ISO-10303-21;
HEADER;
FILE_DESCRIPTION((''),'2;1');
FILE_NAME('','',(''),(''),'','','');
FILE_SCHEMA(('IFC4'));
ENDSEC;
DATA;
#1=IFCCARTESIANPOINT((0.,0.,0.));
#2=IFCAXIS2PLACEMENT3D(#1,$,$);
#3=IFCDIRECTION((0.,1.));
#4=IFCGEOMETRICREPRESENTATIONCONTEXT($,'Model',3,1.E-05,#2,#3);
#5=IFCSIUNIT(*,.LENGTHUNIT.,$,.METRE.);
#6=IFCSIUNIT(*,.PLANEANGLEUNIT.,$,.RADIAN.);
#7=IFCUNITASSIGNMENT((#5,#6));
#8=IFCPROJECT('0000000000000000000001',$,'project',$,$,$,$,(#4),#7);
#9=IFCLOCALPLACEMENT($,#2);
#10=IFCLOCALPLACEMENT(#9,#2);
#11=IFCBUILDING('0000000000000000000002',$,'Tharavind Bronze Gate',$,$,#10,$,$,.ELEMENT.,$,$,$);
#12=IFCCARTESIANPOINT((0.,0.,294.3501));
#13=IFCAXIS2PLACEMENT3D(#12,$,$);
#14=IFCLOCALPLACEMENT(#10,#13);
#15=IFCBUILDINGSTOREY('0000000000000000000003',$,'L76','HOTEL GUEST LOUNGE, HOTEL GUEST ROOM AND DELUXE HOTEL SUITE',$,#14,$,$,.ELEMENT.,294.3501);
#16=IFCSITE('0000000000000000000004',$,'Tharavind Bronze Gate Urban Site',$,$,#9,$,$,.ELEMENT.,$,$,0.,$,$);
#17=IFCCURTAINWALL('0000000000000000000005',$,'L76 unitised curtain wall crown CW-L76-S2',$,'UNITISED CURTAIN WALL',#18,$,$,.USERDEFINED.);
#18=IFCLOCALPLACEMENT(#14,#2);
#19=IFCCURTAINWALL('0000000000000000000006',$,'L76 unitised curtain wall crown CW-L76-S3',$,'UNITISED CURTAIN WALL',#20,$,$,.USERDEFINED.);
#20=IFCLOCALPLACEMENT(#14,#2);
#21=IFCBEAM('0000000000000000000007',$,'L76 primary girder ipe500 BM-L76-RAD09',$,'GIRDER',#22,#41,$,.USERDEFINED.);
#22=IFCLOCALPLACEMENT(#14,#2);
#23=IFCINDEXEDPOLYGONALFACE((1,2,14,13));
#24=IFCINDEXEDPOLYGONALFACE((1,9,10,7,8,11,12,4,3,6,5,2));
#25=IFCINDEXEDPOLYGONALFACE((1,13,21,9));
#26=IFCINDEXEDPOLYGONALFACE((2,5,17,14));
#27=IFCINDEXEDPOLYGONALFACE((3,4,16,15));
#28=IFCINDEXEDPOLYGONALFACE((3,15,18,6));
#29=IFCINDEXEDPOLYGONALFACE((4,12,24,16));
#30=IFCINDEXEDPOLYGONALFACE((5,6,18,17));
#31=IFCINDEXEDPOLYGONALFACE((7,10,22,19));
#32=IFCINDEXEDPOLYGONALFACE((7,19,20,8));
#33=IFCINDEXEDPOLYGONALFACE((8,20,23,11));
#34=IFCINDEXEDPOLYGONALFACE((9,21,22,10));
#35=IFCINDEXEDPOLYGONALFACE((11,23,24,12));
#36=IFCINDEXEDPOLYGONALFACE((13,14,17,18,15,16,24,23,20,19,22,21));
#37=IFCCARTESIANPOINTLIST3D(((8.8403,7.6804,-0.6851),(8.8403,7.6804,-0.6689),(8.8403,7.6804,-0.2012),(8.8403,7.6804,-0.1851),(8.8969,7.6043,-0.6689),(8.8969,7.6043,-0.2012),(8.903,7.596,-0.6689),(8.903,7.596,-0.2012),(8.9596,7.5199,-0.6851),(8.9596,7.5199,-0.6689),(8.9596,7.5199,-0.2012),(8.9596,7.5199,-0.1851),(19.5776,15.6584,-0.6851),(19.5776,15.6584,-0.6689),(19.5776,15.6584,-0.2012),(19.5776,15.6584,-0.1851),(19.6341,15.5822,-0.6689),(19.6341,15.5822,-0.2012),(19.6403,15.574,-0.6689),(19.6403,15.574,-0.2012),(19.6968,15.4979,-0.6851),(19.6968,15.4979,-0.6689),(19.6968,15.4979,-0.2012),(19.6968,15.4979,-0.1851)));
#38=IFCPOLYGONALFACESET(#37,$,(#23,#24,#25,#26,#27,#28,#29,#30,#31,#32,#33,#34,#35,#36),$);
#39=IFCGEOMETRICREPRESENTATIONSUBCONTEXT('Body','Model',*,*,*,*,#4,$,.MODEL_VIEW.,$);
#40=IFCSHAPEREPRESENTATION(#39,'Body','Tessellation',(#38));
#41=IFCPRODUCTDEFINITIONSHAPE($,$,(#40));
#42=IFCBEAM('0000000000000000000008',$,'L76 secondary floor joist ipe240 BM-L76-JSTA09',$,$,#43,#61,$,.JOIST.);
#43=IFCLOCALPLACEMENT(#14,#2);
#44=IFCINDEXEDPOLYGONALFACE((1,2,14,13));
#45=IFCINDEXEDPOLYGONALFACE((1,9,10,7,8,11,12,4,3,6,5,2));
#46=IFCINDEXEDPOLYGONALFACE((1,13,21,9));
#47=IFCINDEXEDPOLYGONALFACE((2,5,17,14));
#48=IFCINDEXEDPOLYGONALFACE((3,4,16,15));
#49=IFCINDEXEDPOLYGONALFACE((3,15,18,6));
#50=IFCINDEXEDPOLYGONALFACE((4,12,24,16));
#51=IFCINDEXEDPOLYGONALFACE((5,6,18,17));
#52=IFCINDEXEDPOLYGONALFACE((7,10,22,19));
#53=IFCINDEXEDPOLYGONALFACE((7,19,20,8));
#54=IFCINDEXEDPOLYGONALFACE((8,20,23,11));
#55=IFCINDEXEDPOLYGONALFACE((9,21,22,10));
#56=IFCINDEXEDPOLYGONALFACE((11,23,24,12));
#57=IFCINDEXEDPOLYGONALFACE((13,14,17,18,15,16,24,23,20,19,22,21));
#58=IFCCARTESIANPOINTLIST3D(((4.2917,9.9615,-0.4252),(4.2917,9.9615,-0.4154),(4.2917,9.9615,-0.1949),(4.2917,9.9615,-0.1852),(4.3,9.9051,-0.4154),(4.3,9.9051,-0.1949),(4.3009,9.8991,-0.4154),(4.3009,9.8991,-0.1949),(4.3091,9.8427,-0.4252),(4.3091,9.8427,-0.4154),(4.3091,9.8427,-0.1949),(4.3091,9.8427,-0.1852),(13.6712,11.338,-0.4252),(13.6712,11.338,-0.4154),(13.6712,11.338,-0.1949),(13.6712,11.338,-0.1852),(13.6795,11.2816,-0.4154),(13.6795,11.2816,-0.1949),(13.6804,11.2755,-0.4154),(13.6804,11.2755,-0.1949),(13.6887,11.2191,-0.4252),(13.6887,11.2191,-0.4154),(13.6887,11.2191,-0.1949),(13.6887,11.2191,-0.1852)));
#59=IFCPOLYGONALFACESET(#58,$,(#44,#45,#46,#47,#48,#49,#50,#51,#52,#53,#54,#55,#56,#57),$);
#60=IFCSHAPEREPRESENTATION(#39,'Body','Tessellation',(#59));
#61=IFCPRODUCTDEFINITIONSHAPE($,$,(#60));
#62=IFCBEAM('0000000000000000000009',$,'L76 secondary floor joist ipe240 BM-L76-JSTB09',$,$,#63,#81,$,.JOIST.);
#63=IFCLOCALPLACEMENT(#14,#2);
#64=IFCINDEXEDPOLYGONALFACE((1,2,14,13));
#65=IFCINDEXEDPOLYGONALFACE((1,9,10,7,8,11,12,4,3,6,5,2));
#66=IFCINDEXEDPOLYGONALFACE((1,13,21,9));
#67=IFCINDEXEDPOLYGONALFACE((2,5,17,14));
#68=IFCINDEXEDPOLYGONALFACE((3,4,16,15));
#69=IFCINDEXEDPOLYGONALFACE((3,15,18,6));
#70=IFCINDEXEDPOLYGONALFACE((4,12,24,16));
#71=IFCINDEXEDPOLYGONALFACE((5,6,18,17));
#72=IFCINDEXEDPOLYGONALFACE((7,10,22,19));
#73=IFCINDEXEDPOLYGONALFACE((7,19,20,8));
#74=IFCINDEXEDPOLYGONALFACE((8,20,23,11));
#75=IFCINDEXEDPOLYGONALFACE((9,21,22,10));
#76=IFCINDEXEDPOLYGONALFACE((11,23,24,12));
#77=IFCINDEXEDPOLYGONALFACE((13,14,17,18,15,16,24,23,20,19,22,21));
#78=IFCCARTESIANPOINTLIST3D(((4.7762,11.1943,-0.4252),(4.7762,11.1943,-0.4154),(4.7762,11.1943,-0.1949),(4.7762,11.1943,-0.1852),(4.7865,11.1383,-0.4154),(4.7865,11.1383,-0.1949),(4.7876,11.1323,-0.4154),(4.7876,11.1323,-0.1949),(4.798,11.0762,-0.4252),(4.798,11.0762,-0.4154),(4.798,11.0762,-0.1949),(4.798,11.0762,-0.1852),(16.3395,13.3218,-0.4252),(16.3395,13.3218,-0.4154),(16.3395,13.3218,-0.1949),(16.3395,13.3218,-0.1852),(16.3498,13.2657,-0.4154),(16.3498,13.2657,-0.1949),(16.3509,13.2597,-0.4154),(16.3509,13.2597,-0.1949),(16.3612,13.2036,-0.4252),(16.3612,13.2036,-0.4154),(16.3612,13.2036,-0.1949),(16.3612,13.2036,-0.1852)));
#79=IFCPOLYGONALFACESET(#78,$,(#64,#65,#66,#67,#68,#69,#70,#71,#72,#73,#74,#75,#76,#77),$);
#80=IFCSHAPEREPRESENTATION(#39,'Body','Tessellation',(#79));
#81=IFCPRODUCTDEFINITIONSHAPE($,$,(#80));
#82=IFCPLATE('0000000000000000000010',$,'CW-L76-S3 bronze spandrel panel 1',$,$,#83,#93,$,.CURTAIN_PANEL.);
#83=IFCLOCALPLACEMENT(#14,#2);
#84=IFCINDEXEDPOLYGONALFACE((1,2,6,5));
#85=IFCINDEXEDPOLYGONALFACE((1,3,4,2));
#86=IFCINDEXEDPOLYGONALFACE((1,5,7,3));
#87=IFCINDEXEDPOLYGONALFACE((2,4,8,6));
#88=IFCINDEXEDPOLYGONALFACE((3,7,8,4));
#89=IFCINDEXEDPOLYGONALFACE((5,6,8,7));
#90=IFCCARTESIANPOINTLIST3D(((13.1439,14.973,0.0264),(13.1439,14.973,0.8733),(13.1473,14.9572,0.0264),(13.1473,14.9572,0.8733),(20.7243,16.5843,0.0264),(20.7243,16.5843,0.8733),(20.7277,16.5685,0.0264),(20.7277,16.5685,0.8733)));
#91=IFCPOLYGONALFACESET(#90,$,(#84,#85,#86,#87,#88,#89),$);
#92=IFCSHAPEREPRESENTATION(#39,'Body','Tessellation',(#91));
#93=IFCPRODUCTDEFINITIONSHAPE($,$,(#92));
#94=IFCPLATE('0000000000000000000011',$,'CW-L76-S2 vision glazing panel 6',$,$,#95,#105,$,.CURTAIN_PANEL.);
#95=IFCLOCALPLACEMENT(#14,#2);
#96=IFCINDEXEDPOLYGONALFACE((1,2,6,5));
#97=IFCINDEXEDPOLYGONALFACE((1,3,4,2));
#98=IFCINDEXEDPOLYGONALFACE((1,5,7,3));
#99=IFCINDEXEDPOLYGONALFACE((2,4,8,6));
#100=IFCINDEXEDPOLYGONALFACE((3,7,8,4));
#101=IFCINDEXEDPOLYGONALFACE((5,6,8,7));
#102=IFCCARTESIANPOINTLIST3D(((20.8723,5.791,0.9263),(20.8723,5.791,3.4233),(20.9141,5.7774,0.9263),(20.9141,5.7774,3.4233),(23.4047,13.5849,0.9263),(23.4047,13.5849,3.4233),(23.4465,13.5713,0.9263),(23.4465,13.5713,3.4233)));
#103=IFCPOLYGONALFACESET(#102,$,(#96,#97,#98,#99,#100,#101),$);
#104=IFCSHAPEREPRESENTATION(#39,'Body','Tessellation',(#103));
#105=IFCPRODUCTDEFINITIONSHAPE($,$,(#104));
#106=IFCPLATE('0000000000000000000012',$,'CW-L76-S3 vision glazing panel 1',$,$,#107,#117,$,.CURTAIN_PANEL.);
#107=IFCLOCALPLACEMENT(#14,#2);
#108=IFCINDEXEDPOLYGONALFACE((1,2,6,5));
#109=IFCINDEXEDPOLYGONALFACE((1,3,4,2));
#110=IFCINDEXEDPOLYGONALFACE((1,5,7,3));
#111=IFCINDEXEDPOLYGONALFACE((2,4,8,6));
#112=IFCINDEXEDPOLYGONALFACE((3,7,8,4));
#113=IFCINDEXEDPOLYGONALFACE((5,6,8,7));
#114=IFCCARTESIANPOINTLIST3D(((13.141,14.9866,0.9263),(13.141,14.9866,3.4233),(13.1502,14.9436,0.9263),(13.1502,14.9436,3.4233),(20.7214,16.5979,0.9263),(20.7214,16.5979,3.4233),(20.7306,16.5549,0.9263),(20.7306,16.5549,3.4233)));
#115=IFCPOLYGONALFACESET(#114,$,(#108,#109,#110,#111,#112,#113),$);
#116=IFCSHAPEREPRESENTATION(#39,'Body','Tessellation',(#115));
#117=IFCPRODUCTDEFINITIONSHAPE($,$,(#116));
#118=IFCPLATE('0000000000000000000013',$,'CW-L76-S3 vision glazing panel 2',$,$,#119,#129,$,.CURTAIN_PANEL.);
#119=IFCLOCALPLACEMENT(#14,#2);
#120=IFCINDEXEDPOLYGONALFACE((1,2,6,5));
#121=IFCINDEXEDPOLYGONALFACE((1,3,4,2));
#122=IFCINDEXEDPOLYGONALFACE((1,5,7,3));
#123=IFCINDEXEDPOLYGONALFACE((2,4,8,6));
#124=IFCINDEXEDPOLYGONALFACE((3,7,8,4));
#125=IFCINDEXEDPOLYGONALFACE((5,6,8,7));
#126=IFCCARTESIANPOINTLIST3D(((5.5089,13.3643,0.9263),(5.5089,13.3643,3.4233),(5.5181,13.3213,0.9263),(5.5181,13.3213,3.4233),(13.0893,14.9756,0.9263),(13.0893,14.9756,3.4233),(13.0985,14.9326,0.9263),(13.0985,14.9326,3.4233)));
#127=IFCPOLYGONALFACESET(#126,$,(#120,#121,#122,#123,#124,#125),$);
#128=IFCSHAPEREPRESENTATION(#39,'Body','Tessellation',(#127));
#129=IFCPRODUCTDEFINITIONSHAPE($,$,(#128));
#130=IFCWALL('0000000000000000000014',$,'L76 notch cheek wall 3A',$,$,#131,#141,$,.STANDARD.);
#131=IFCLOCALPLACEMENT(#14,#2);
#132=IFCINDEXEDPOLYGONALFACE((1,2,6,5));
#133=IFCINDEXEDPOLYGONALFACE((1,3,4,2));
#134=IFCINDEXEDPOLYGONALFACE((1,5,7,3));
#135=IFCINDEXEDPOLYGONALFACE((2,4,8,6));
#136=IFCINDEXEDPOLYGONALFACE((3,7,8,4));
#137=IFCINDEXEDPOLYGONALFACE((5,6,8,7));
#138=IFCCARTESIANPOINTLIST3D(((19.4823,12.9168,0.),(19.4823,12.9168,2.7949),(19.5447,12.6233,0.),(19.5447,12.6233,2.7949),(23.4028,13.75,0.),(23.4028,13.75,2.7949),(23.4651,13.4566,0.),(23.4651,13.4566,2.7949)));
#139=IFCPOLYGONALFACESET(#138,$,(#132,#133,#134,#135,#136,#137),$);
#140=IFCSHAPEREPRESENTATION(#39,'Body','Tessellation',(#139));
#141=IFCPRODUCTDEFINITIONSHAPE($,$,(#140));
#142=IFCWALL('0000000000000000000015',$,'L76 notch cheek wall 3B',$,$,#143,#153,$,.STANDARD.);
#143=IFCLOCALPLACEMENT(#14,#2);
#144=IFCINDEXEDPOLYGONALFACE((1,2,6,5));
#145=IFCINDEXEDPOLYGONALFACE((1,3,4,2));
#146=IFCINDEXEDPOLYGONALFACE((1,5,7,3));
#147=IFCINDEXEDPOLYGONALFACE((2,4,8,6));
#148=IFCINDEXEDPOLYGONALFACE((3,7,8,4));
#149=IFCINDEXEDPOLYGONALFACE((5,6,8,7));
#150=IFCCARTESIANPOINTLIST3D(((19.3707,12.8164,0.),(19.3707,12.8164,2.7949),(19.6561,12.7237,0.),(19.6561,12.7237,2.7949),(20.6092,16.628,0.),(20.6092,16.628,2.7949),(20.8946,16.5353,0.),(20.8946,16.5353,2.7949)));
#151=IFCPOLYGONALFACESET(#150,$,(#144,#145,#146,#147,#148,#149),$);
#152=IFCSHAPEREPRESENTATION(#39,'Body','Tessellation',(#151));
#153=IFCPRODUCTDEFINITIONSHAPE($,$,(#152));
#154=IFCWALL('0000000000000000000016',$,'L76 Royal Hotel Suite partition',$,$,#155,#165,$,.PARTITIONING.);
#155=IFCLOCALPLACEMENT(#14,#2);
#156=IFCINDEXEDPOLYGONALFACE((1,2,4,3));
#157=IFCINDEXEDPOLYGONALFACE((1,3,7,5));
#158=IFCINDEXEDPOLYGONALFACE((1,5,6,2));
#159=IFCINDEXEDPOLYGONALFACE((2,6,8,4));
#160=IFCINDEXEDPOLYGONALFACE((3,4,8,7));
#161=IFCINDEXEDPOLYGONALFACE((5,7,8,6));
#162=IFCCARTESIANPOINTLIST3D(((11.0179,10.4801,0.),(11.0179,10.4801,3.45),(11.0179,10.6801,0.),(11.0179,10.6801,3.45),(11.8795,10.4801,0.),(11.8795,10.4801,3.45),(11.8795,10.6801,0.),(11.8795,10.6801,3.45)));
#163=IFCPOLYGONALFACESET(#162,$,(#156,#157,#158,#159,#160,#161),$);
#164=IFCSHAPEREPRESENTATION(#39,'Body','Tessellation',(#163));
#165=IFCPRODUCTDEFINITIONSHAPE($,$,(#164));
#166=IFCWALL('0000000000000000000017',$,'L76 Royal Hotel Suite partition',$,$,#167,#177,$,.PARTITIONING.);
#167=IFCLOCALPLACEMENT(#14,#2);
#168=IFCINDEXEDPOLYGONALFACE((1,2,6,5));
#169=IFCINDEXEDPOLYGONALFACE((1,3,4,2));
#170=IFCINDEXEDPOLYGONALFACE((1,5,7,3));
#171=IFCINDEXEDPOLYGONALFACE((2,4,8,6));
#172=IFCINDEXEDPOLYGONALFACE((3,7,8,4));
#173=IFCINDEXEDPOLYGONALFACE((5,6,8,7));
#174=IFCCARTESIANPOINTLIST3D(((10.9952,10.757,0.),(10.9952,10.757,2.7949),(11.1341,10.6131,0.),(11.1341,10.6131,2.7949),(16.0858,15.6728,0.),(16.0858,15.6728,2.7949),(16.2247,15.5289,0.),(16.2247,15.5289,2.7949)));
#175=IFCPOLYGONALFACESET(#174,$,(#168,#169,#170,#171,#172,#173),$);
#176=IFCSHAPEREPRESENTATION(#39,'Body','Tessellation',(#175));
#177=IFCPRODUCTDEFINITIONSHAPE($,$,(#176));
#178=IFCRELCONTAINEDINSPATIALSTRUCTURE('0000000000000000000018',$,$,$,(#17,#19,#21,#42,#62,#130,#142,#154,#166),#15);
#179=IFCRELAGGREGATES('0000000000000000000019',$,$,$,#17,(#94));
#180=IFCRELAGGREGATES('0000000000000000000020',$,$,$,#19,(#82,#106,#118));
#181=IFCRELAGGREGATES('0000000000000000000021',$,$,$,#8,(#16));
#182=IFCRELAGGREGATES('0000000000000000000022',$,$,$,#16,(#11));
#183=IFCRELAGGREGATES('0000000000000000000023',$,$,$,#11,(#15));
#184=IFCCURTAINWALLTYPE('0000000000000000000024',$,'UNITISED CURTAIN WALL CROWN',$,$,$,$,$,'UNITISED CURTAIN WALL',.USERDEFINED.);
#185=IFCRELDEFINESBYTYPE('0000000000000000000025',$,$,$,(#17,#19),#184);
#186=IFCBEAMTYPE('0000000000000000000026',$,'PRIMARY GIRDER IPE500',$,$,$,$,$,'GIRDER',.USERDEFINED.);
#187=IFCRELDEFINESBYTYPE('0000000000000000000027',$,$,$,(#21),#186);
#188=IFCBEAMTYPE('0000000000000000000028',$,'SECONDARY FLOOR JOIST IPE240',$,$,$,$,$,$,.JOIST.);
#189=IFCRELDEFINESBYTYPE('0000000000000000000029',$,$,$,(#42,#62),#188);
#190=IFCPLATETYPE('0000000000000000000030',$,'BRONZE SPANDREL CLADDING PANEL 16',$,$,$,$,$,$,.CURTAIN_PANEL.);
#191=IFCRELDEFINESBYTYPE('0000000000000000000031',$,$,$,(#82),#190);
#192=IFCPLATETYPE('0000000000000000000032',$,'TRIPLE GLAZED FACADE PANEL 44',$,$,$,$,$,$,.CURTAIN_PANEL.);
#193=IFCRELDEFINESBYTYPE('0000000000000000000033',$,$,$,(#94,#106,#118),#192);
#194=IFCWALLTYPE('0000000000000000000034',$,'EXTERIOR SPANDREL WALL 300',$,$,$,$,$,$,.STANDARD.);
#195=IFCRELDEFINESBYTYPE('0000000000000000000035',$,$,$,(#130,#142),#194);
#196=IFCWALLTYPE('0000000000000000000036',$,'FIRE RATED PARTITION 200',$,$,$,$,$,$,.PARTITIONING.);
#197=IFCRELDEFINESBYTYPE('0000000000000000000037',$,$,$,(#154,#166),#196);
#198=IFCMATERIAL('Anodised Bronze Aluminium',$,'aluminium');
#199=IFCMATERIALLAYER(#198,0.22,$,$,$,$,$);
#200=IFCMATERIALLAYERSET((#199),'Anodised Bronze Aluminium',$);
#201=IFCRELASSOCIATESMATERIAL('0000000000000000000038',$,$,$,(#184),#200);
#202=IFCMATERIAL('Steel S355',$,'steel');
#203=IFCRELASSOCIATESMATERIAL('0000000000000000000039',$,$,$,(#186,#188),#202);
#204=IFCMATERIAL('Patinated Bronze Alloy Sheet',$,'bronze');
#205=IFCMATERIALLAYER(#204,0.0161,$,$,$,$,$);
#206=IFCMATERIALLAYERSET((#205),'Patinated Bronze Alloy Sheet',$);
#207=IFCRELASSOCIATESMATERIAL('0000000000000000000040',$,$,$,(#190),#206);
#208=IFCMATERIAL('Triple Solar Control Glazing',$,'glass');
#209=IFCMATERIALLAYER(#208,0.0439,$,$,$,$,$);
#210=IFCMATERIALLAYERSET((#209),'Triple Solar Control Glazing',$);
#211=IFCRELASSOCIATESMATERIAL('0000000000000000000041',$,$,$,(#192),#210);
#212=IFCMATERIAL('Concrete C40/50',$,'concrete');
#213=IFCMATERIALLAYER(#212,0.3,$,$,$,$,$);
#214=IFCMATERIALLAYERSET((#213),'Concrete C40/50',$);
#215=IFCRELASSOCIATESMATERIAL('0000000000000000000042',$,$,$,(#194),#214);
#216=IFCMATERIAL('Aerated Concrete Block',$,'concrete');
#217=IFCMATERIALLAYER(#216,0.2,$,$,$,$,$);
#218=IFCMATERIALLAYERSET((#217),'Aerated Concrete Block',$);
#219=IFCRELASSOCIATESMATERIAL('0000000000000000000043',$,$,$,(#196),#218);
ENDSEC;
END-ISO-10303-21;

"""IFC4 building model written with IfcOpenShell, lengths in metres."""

from ifc_helpers import new_model, si_unit, direction, frame, frame_2d, origin, origin_2d, place, context, subcontext, project, spatial, rectangle, i_section, extrude, material, layer, layer_set, material_profile, profile_set, type_object, element, aggregate, save


model = new_model("IFC4")

# Units and contexts
model_context = context("Model", 3, precision=1e-05, world=origin(), true_north=direction((0.0, 1.0)))
body_context = subcontext(model_context, "Body", "Model", "MODEL_VIEW")
ifc_project = project(units=[si_unit("LENGTHUNIT", "METRE"), si_unit("PLANEANGLEUNIT", "RADIAN")], contexts=[model_context])

# Site, building, storey
site_placement = place(None, origin())
site = spatial("IfcSite", under=ifc_project, at=site_placement, Name="Tharavind Bronze Gate Urban Site", CompositionType="ELEMENT", RefElevation=0.0)
building_placement = place(site_placement, origin())
building = spatial("IfcBuilding", under=site, at=building_placement, Name="Tharavind Bronze Gate", CompositionType="ELEMENT")
storey_placement = place(building_placement, frame((0.0, 0.0, 294.3501)))
storey = spatial("IfcBuildingStorey", under=building, at=storey_placement, Name="L76", Description="HOTEL GUEST LOUNGE, HOTEL GUEST ROOM AND DELUXE HOTEL SUITE", CompositionType="ELEMENT", Elevation=294.3501)

# Curtain wall
ifc_material_1 = material(Name="Anodised Bronze Aluminium", Category="aluminium")
ifc_layer_1 = layer(ifc_material_1, 0.22)
ifc_layer_set_1 = layer_set([ifc_layer_1], Name="Anodised Bronze Aluminium")
curtain_wall_type = type_object("IfcCurtainWallType", Name="UNITISED CURTAIN WALL CROWN", ElementType="UNITISED CURTAIN WALL", PredefinedType="USERDEFINED", material=ifc_layer_set_1)
curtain_wall_1_placement = place(storey_placement, origin())
curtain_wall_1 = element("IfcCurtainWall", 1, at=curtain_wall_1_placement, inside=storey, type_object=curtain_wall_type, Name="L76 unitised curtain wall crown CW-L76-S2", ObjectType="UNITISED CURTAIN WALL", PredefinedType="USERDEFINED")

# Curtain wall
curtain_wall_2_placement = place(storey_placement, origin())
curtain_wall_2 = element("IfcCurtainWall", 2, at=curtain_wall_2_placement, inside=storey, type_object=curtain_wall_type, Name="L76 unitised curtain wall crown CW-L76-S3", ObjectType="UNITISED CURTAIN WALL", PredefinedType="USERDEFINED")

# Beams
ifc_material_2 = material(Name="Steel S355", Category="steel")
ifc_material_profile_1 = material_profile(ifc_material_2, i_section(OverallWidth=0.2, OverallDepth=0.5, WebThickness=0.0103, FlangeThickness=0.0161, at=origin_2d()), Name="IPE500")
ifc_profile_set_1 = profile_set([ifc_material_profile_1], Name="Steel S355")
beam_type_1 = type_object("IfcBeamType", Name="PRIMARY GIRDER IPE500", ElementType="GIRDER", PredefinedType="USERDEFINED", material=ifc_profile_set_1)
beam_1_placement = place(storey_placement, frame((19.6372, 15.5781, -0.4351), z_axis=(-0.802681, -0.596408, 0.0), x_axis=(0.596408, -0.802681, 0.0)))
element("IfcBeam", 3, at=beam_1_placement, inside=storey, type_object=beam_type_1, Name="L76 primary girder ipe500 BM-L76-RAD09", ObjectType="GIRDER", PredefinedType="USERDEFINED", context=body_context, shape_type="SweptSolid", body=[
    extrude(i_section(OverallWidth=0.2, OverallDepth=0.5, WebThickness=0.0103, FlangeThickness=0.0161, at=origin_2d()), origin(), (0.0, 0.0, 1.0), 13.3767),
])
ifc_material_profile_2 = material_profile(ifc_material_2, i_section(OverallWidth=0.1201, OverallDepth=0.24, WebThickness=0.0061, FlangeThickness=0.0098, at=origin_2d()), Name="IPE240")
ifc_profile_set_2 = profile_set([ifc_material_profile_2], Name="Steel S355")
beam_type_2 = type_object("IfcBeamType", Name="SECONDARY FLOOR JOIST IPE240", PredefinedType="JOIST", material=ifc_profile_set_2)
beam_2_placement = place(storey_placement, frame((13.6799, 11.2786, -0.3052), z_axis=(-0.989403, -0.145195, 0.0), x_axis=(0.145195, -0.989403, 0.0)))
element("IfcBeam", 4, at=beam_2_placement, inside=storey, type_object=beam_type_2, Name="L76 secondary floor joist ipe240 BM-L76-JSTA09", PredefinedType="JOIST", context=body_context, shape_type="SweptSolid", body=[
    extrude(i_section(OverallWidth=0.1201, OverallDepth=0.24, WebThickness=0.0061, FlangeThickness=0.0098, at=origin_2d()), origin(), (0.0, 0.0, 1.0), 9.48),
])
beam_3_placement = place(storey_placement, frame((16.3503, 13.2627, -0.3052), z_axis=(-0.983493, -0.180946, 0.0), x_axis=(0.180946, -0.983493, 0.0)))
element("IfcBeam", 5, at=beam_3_placement, inside=storey, type_object=beam_type_2, Name="L76 secondary floor joist ipe240 BM-L76-JSTB09", PredefinedType="JOIST", context=body_context, shape_type="SweptSolid", body=[
    extrude(i_section(OverallWidth=0.1201, OverallDepth=0.24, WebThickness=0.0061, FlangeThickness=0.0098, at=origin_2d()), origin(), (0.0, 0.0, 1.0), 11.7573),
])

# Plates
ifc_material_3 = material(Name="Patinated Bronze Alloy Sheet", Category="bronze")
ifc_layer_2 = layer(ifc_material_3, 0.0161)
ifc_layer_set_2 = layer_set([ifc_layer_2], Name="Patinated Bronze Alloy Sheet")
plate_type_1 = type_object("IfcPlateType", Name="BRONZE SPANDREL CLADDING PANEL 16", PredefinedType="CURTAIN_PANEL", material=ifc_layer_set_2)
plate_1_placement = place(storey_placement, frame((16.9358, 15.7708, 0.0264), z_axis=(0.0, 0.0, 1.0), x_axis=(-0.978147, -0.207913, 0.0)))
plate_1 = element("IfcPlate", 6, at=plate_1_placement, type_object=plate_type_1, Name="CW-L76-S3 bronze spandrel panel 1", PredefinedType="CURTAIN_PANEL", context=body_context, shape_type="SweptSolid", body=[
    extrude(rectangle(XDim=7.7498, YDim=0.0161, at=origin_2d()), origin(), (0.0, 0.0, 1.0), 0.8469),
])
ifc_material_4 = material(Name="Triple Solar Control Glazing", Category="glass")
ifc_layer_3 = layer(ifc_material_4, 0.0439)
ifc_layer_set_3 = layer_set([ifc_layer_3], Name="Triple Solar Control Glazing")
plate_type_2 = type_object("IfcPlateType", Name="TRIPLE GLAZED FACADE PANEL 44", PredefinedType="CURTAIN_PANEL", material=ifc_layer_set_3)
plate_2_placement = place(storey_placement, frame((22.1594, 9.6812, 0.9263), z_axis=(0.0, 0.0, 1.0), x_axis=(0.309017, 0.951057, 0.0)))
plate_2 = element("IfcPlate", 7, at=plate_2_placement, type_object=plate_type_2, Name="CW-L76-S2 vision glazing panel 6", PredefinedType="CURTAIN_PANEL", context=body_context, shape_type="SweptSolid", body=[
    extrude(rectangle(XDim=8.1951, YDim=0.0439, at=origin_2d()), origin(), (0.0, 0.0, 1.0), 2.4971),
])
aggregate(curtain_wall_1, [plate_2])
plate_3_placement = place(storey_placement, frame((16.9358, 15.7708, 0.9263), z_axis=(0.0, 0.0, 1.0), x_axis=(-0.978147, -0.207913, 0.0)))
plate_3 = element("IfcPlate", 8, at=plate_3_placement, type_object=plate_type_2, Name="CW-L76-S3 vision glazing panel 1", PredefinedType="CURTAIN_PANEL", context=body_context, shape_type="SweptSolid", body=[
    extrude(rectangle(XDim=7.7498, YDim=0.0439, at=origin_2d()), origin(), (0.0, 0.0, 1.0), 2.4971),
])
plate_4_placement = place(storey_placement, frame((9.3037, 14.1484, 0.9263), z_axis=(0.0, 0.0, 1.0), x_axis=(-0.978147, -0.207913, 0.0)))
plate_4 = element("IfcPlate", 9, at=plate_4_placement, type_object=plate_type_2, Name="CW-L76-S3 vision glazing panel 2", PredefinedType="CURTAIN_PANEL", context=body_context, shape_type="SweptSolid", body=[
    extrude(rectangle(XDim=7.7498, YDim=0.0439, at=origin_2d()), origin(), (0.0, 0.0, 1.0), 2.4971),
])
aggregate(curtain_wall_2, [plate_1, plate_3, plate_4])

# Walls
ifc_material_5 = material(Name="Concrete C40/50", Category="concrete")
ifc_layer_4 = layer(ifc_material_5, 0.3)
ifc_layer_set_4 = layer_set([ifc_layer_4], Name="Concrete C40/50")
wall_type_1 = type_object("IfcWallType", Name="EXTERIOR SPANDREL WALL 300", PredefinedType="STANDARD", material=ifc_layer_set_4)
wall_1_placement = place(storey_placement, frame((23.4338, 13.6033, 0.0), z_axis=(0.0, 0.0, 1.0), x_axis=(-0.97815, -0.207898, 0.0)))
element("IfcWall", 10, at=wall_1_placement, inside=storey, type_object=wall_type_1, Name="L76 notch cheek wall 3A", PredefinedType="STANDARD", context=body_context, shape_type="SweptSolid", body=[
    extrude(rectangle(XDim=4.0081, YDim=0.3, at=frame_2d((2.0039, 0.0))), origin(), (0.0, 0.0, 1.0), 2.7949),
])
wall_2_placement = place(storey_placement, frame((19.5134, 12.77, 0.0), z_axis=(0.0, 0.0, 1.0), x_axis=(0.309019, 0.951056, 0.0)))
element("IfcWall", 11, at=wall_2_placement, inside=storey, type_object=wall_type_1, Name="L76 notch cheek wall 3B", PredefinedType="STANDARD", context=body_context, shape_type="SweptSolid", body=[
    extrude(rectangle(XDim=4.0078, YDim=0.3, at=frame_2d((2.0039, 0.0))), origin(), (0.0, 0.0, 1.0), 2.7949),
])
ifc_material_6 = material(Name="Aerated Concrete Block", Category="concrete")
ifc_layer_5 = layer(ifc_material_6, 0.2)
ifc_layer_set_5 = layer_set([ifc_layer_5], Name="Aerated Concrete Block")
wall_type_2 = type_object("IfcWallType", Name="FIRE RATED PARTITION 200", PredefinedType="PARTITIONING", material=ifc_layer_set_5)
wall_3_placement = place(storey_placement, frame((11.8794, 10.5801, 0.0), z_axis=(0.0, 0.0, 1.0), x_axis=(-1.0, 0.0, 0.0)))
element("IfcWall", 12, at=wall_3_placement, inside=storey, type_object=wall_type_2, Name="L76 Royal Hotel Suite partition", PredefinedType="PARTITIONING", context=body_context, shape_type="SweptSolid", body=[
    extrude(rectangle(XDim=0.8616, YDim=0.2, at=frame_2d((0.4307, 0.0))), origin(), (0.0, 0.0, 1.0), 3.45),
])
wall_4_placement = place(storey_placement, frame((11.0647, 10.6851, 0.0), z_axis=(0.0, 0.0, 1.0), x_axis=(0.71935, 0.694648, 0.0)))
element("IfcWall", 13, at=wall_4_placement, inside=storey, type_object=wall_type_2, Name="L76 Royal Hotel Suite partition", PredefinedType="PARTITIONING", context=body_context, shape_type="SweptSolid", body=[
    extrude(rectangle(XDim=7.0767, YDim=0.2, at=frame_2d((3.5383, 0.0))), origin(), (0.0, 0.0, 1.0), 2.7949),
])

save(model, "model.ifc")
